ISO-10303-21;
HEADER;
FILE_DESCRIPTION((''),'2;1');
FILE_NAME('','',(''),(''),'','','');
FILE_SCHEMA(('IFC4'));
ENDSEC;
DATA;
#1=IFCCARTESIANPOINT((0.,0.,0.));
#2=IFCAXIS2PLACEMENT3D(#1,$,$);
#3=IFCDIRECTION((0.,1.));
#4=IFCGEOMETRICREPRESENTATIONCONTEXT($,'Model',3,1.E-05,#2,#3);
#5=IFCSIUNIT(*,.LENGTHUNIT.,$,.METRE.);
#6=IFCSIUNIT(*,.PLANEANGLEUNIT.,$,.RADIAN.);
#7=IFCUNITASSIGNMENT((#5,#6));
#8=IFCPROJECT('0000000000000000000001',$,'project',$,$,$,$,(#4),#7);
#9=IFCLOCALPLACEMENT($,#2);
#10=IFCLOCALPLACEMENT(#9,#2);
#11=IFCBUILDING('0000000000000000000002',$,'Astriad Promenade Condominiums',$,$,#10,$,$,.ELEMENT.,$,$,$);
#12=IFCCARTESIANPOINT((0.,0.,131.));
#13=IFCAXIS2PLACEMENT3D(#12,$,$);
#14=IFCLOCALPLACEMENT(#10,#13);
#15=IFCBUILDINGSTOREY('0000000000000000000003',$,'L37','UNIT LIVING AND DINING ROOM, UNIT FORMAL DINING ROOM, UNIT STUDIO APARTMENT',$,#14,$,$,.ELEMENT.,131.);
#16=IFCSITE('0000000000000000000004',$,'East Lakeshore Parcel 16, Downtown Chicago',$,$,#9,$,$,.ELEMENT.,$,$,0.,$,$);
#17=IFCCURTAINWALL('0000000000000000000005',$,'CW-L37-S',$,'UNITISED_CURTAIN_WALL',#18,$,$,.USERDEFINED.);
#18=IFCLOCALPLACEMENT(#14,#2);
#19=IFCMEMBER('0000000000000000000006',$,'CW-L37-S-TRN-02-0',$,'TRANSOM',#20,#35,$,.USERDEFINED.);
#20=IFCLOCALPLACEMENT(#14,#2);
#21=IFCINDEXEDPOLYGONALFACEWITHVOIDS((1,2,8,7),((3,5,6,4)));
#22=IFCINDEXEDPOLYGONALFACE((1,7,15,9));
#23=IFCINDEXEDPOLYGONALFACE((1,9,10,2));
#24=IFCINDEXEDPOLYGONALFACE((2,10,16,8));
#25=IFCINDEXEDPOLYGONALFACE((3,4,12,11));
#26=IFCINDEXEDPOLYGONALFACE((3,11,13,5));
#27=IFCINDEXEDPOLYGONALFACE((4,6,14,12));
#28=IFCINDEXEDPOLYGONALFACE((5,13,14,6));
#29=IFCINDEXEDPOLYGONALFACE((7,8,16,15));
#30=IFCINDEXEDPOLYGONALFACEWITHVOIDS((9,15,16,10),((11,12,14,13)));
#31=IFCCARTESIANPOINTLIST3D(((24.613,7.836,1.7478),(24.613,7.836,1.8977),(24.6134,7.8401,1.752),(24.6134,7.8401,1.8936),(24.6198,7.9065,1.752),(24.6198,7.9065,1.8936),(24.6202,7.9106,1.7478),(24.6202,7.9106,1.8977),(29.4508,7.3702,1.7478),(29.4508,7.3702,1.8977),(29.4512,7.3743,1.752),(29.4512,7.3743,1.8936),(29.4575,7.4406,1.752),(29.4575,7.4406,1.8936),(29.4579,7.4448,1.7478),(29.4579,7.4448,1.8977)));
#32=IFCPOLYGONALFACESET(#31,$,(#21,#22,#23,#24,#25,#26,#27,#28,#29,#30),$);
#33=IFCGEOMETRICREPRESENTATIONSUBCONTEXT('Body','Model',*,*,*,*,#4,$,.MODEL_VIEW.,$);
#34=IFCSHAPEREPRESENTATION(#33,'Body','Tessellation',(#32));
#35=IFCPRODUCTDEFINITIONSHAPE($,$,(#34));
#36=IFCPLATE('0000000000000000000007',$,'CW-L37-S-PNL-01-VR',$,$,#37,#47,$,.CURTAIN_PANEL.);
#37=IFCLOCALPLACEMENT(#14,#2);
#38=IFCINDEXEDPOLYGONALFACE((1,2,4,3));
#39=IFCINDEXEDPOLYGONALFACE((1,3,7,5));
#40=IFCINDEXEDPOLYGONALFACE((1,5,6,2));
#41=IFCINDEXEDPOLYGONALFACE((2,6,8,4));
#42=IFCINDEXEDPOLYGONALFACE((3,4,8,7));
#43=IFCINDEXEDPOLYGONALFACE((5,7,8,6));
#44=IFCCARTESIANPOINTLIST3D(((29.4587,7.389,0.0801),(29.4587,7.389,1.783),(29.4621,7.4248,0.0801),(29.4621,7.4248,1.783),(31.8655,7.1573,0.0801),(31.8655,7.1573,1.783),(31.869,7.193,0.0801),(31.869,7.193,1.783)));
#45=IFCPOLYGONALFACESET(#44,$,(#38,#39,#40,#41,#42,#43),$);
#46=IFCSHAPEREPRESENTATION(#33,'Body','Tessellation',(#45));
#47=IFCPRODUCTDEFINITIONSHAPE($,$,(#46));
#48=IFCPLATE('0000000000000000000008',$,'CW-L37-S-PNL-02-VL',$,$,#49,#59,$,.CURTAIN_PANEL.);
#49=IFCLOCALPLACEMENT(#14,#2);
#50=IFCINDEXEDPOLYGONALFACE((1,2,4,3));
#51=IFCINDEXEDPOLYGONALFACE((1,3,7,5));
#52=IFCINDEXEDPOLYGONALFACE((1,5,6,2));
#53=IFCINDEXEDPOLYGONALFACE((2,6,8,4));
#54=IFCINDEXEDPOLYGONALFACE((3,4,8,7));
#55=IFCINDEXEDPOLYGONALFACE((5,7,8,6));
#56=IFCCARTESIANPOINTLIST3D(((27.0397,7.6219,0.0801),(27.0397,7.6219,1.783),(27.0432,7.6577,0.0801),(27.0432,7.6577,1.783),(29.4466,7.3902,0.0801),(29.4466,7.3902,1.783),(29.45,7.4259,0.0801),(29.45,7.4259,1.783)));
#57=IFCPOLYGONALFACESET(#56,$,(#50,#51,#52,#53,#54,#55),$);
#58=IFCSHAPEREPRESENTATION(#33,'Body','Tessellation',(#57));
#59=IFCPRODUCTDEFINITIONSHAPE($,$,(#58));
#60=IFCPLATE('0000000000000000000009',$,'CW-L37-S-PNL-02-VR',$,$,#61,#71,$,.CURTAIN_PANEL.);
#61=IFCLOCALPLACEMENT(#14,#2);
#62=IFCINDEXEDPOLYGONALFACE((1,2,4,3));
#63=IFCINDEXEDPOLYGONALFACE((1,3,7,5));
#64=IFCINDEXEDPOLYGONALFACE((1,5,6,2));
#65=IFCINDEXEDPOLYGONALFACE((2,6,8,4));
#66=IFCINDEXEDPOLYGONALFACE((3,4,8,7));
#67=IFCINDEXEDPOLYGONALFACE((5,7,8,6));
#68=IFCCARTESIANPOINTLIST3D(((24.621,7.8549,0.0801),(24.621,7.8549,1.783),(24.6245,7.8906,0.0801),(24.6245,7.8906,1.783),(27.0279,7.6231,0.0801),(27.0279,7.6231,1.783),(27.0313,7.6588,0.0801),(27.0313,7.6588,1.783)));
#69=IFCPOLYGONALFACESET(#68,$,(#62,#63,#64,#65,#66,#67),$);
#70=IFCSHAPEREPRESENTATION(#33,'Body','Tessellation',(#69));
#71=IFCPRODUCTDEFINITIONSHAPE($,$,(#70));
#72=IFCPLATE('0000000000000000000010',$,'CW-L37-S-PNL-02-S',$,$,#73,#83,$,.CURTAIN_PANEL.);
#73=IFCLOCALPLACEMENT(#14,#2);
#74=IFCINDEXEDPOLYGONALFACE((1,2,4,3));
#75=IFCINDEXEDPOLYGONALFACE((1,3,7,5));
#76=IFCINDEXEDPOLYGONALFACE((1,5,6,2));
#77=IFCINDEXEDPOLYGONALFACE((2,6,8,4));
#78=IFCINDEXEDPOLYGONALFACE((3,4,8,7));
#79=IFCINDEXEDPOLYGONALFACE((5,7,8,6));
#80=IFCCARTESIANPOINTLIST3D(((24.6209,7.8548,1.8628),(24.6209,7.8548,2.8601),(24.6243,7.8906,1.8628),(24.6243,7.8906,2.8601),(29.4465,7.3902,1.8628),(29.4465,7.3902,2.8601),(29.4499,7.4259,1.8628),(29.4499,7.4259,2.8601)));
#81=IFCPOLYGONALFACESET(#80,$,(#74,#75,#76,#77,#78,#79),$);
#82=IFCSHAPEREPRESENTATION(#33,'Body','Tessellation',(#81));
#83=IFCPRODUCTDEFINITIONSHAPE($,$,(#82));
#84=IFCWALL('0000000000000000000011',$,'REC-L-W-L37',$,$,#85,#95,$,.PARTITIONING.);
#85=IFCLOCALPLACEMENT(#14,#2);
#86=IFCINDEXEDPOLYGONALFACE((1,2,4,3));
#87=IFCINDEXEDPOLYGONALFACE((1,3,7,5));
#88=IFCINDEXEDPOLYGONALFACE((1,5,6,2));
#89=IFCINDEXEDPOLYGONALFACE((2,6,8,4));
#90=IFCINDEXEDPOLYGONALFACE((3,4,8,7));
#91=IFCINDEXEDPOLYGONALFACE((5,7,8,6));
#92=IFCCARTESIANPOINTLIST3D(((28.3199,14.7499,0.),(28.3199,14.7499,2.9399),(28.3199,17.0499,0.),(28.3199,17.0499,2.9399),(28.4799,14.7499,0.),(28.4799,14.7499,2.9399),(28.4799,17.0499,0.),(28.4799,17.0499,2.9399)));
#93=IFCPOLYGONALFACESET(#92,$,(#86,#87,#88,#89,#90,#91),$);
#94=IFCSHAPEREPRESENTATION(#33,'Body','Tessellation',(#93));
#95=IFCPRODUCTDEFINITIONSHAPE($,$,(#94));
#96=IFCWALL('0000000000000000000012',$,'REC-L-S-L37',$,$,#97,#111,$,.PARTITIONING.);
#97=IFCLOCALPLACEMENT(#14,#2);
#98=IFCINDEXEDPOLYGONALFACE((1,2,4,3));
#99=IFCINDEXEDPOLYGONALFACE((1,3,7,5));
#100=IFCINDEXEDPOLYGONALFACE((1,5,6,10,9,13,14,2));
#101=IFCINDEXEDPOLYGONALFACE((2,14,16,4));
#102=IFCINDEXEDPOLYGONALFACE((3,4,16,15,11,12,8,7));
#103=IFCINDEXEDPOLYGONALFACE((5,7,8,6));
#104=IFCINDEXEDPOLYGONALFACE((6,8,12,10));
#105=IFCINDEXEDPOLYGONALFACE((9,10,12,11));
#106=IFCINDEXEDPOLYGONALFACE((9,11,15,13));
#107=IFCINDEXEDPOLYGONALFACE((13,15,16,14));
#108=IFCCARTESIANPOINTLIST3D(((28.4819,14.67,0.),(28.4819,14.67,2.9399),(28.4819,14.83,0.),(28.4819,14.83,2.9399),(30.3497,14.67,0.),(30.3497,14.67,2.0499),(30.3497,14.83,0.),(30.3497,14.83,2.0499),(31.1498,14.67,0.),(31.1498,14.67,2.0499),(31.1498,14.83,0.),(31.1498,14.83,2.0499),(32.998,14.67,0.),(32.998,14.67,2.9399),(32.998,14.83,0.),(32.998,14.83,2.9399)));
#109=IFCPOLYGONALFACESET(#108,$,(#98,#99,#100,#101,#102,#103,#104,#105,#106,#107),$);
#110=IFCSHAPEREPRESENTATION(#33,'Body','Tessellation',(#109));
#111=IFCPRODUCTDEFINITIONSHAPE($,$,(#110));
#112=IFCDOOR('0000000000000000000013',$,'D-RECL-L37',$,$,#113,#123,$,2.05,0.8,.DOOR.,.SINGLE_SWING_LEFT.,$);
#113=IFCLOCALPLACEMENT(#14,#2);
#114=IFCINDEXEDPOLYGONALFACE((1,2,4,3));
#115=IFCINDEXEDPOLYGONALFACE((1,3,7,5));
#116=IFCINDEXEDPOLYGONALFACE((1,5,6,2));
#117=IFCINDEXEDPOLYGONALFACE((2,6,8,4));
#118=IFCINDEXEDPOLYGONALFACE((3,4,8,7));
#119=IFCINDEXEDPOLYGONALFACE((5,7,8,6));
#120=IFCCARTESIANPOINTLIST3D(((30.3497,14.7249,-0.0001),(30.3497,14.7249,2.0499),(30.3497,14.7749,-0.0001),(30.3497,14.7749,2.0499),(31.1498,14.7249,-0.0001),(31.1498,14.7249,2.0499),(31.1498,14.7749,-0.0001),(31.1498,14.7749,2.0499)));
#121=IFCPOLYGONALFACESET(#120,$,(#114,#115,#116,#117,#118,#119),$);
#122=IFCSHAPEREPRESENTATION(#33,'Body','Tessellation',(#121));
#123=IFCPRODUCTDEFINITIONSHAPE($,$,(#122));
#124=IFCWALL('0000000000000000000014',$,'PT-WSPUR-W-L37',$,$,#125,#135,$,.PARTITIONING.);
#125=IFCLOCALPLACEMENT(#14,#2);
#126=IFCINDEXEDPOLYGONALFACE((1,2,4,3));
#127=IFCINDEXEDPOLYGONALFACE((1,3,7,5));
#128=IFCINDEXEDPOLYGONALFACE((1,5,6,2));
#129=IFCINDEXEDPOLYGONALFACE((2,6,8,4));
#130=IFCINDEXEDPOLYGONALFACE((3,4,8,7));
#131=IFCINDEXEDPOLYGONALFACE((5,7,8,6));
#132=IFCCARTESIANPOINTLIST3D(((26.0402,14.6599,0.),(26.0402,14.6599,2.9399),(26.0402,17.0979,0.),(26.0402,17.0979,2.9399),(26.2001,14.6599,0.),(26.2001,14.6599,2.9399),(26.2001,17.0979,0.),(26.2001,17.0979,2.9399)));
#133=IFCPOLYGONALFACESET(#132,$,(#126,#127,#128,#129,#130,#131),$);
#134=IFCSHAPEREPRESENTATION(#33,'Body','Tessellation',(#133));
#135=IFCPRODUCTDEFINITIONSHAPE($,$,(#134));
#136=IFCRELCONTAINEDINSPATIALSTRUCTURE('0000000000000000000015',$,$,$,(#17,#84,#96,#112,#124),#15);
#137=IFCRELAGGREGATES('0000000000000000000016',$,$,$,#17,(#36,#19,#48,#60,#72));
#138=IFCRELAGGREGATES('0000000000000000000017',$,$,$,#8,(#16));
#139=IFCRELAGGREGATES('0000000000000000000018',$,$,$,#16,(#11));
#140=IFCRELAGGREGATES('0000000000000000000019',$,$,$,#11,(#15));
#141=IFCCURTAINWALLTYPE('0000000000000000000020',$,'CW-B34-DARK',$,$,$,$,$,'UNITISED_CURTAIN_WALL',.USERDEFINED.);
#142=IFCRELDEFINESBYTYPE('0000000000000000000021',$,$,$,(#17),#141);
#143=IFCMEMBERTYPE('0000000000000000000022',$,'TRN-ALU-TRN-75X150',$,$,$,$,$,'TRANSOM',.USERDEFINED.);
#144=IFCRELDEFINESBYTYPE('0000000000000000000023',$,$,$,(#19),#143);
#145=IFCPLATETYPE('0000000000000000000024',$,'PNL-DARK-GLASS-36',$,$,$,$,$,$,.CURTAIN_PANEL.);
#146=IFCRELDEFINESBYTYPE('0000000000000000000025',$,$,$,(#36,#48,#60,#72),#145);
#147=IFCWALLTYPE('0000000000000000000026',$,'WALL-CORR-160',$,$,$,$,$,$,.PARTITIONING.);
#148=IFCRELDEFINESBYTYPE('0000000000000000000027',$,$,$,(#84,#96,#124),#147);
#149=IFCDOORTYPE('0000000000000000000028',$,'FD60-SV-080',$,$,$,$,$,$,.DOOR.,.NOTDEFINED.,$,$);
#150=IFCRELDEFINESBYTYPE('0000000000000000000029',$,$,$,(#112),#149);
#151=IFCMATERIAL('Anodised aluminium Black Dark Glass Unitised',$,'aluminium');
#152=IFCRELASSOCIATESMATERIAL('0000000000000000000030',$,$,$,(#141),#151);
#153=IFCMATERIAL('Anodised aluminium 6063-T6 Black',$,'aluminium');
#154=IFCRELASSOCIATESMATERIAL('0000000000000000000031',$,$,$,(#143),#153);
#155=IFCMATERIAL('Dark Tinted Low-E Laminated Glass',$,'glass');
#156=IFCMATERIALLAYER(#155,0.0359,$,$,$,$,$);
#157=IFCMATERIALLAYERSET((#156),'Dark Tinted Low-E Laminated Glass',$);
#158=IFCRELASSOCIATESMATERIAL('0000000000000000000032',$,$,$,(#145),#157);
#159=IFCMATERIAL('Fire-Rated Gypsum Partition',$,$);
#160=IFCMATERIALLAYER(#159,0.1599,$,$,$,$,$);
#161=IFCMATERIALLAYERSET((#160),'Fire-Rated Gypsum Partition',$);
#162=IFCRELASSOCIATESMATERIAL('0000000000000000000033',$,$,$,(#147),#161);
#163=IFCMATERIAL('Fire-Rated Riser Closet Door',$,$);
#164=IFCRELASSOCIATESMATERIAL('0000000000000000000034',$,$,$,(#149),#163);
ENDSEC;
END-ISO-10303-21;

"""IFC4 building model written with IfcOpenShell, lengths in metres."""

from ifc_helpers import new_model, si_unit, direction, frame, frame_2d, origin, origin_2d, place, context, subcontext, project, spatial, rectangle, hollow_rectangle, extrude, source, transform, mapped, material, layer, layer_set, material_profile, profile_set, type_object, type_shapes, element, fill, aggregate, save


model = new_model("IFC4")

# Units and contexts
model_context = context("Model", 3, precision=1e-05, world=origin(), true_north=direction((0.0, 1.0)))
body_context = subcontext(model_context, "Body", "Model", "MODEL_VIEW")
ifc_project = project(units=[si_unit("LENGTHUNIT", "METRE"), si_unit("PLANEANGLEUNIT", "RADIAN")], contexts=[model_context])

# Site, building, storey
site_placement = place(None, origin())
site = spatial("IfcSite", under=ifc_project, at=site_placement, Name="East Lakeshore Parcel 16, Downtown Chicago", CompositionType="ELEMENT", RefElevation=0.0)
building_placement = place(site_placement, origin())
building = spatial("IfcBuilding", under=site, at=building_placement, Name="Astriad Promenade Condominiums", CompositionType="ELEMENT")
storey_placement = place(building_placement, frame((0.0, 0.0, 131.0)))
storey = spatial("IfcBuildingStorey", under=building, at=storey_placement, Name="L37", Description="UNIT LIVING AND DINING ROOM, UNIT FORMAL DINING ROOM, UNIT STUDIO APARTMENT", CompositionType="ELEMENT", Elevation=131.0)

# Curtain wall, member, plates
ifc_material_1 = material(Name="Anodised aluminium Black Dark Glass Unitised", Category="aluminium")
curtain_wall_type = type_object("IfcCurtainWallType", Name="CW-B34-DARK", ElementType="UNITISED_CURTAIN_WALL", PredefinedType="USERDEFINED", material=ifc_material_1)
curtain_wall_placement = place(storey_placement, origin())
curtain_wall = element("IfcCurtainWall", 1, at=curtain_wall_placement, inside=storey, type_object=curtain_wall_type, Name="CW-L37-S", ObjectType="UNITISED_CURTAIN_WALL", PredefinedType="USERDEFINED")
ifc_material_2 = material(Name="Anodised aluminium 6063-T6 Black", Category="aluminium")
ifc_material_profile_1 = material_profile(ifc_material_2, hollow_rectangle(XDim=0.075, YDim=0.1499, WallThickness=0.0042, at=origin_2d()), Name="ALU-TRN-75X150")
ifc_profile_set_1 = profile_set([ifc_material_profile_1], Name="Anodised aluminium 6063-T6 Black")
member_type_1 = type_object("IfcMemberType", Name="TRN-ALU-TRN-75X150", ElementType="TRANSOM", PredefinedType="USERDEFINED", material=ifc_profile_set_1)
shared_shape_1 = source(origin(), body_context, "Body", "SweptSolid", [
    extrude(hollow_rectangle(XDim=0.075, YDim=0.1499, WallThickness=0.0042, at=origin_2d()), origin(), (0.0, 0.0, 1.0), 4.8601),
])
type_shapes(member_type_1, [shared_shape_1])
member_1_placement = place(storey_placement, frame((29.4543, 7.4075, 1.8228), z_axis=(-0.995396, 0.095847, 0.0), x_axis=(-0.095847, -0.995396, 0.0)))
member_1 = element("IfcMember", 2, at=member_1_placement, type_object=member_type_1, Name="CW-L37-S-TRN-02-0", ObjectType="TRANSOM", PredefinedType="USERDEFINED", context=body_context, shape_type="MappedRepresentation", body=[
    mapped(shared_shape_1, transform((0.0, 0.0, 0.0), scale=1.0)),
])
ifc_material_3 = material(Name="Dark Tinted Low-E Laminated Glass", Category="glass")
ifc_layer_1 = layer(ifc_material_3, 0.0359)
ifc_layer_set_1 = layer_set([ifc_layer_1], Name="Dark Tinted Low-E Laminated Glass")
plate_type = type_object("IfcPlateType", Name="PNL-DARK-GLASS-36", PredefinedType="CURTAIN_PANEL", material=ifc_layer_set_1)
shared_shape_2 = source(origin(), body_context, "Body", "SweptSolid", [
    extrude(rectangle(XDim=2.418, YDim=0.0359, at=origin_2d()), origin(), (0.0, 0.0, 1.0), 1.7029),
])
plate_1_placement = place(storey_placement, frame((30.6638, 7.291, 0.0801), z_axis=(0.0, 0.0, 1.0), x_axis=(-0.995396, 0.095846, 0.0)))
plate_1 = element("IfcPlate", 3, at=plate_1_placement, type_object=plate_type, Name="CW-L37-S-PNL-01-VR", PredefinedType="CURTAIN_PANEL", context=body_context, shape_type="MappedRepresentation", body=[
    mapped(shared_shape_2, transform((0.0, 0.0, 0.0), scale=1.0)),
])
plate_2_placement = place(storey_placement, frame((28.2449, 7.5239, 0.0801), z_axis=(0.0, 0.0, 1.0), x_axis=(-0.995396, 0.095846, 0.0)))
plate_2 = element("IfcPlate", 4, at=plate_2_placement, type_object=plate_type, Name="CW-L37-S-PNL-02-VL", PredefinedType="CURTAIN_PANEL", context=body_context, shape_type="MappedRepresentation", body=[
    mapped(shared_shape_2, transform((0.0, 0.0, 0.0), scale=1.0)),
])
plate_3_placement = place(storey_placement, frame((25.8262, 7.7568, 0.0801), z_axis=(0.0, 0.0, 1.0), x_axis=(-0.995396, 0.095846, 0.0)))
plate_3 = element("IfcPlate", 5, at=plate_3_placement, type_object=plate_type, Name="CW-L37-S-PNL-02-VR", PredefinedType="CURTAIN_PANEL", context=body_context, shape_type="MappedRepresentation", body=[
    mapped(shared_shape_2, transform((0.0, 0.0, 0.0), scale=1.0)),
])
shared_shape_3 = source(origin(), body_context, "Body", "SweptSolid", [
    extrude(rectangle(XDim=4.8479, YDim=0.0359, at=origin_2d()), origin(), (0.0, 0.0, 1.0), 0.9973),
])
type_shapes(plate_type, [shared_shape_2, shared_shape_3])
plate_4_placement = place(storey_placement, frame((27.0354, 7.6404, 1.8628), z_axis=(0.0, 0.0, 1.0), x_axis=(-0.995396, 0.095846, 0.0)))
plate_4 = element("IfcPlate", 6, at=plate_4_placement, type_object=plate_type, Name="CW-L37-S-PNL-02-S", PredefinedType="CURTAIN_PANEL", context=body_context, shape_type="MappedRepresentation", body=[
    mapped(shared_shape_3, transform((0.0, 0.0, 0.0), scale=1.0)),
])
aggregate(curtain_wall, [plate_1, member_1, plate_2, plate_3, plate_4])

# Wall
ifc_material_4 = material(Name="Fire-Rated Gypsum Partition")
ifc_layer_2 = layer(ifc_material_4, 0.1599)
ifc_layer_set_2 = layer_set([ifc_layer_2], Name="Fire-Rated Gypsum Partition")
wall_type_1 = type_object("IfcWallType", Name="WALL-CORR-160", PredefinedType="PARTITIONING", material=ifc_layer_set_2)
wall_1_placement = place(storey_placement, frame((28.3999, 14.75, 0.0), z_axis=(0.0, 0.0, 1.0), x_axis=(0.0, 1.0, 0.0)))
element("IfcWall", 7, at=wall_1_placement, inside=storey, type_object=wall_type_1, Name="REC-L-W-L37", PredefinedType="PARTITIONING", context=body_context, shape_type="SweptSolid", body=[
    extrude(rectangle(XDim=2.3, YDim=0.1599, at=frame_2d((1.1499, 0.0))), origin(), (0.0, 0.0, 1.0), 2.9399),
])

# Wall, opening, door
wall_2_placement = place(storey_placement, frame((28.4819, 14.75, 0.0), z_axis=(0.0, 0.0, 1.0), x_axis=(1.0, 0.0, 0.0)))
wall_2 = element("IfcWall", 8, at=wall_2_placement, inside=storey, type_object=wall_type_1, Name="REC-L-S-L37", PredefinedType="PARTITIONING", context=body_context, shape_type="SweptSolid", body=[
    extrude(rectangle(XDim=4.5161, YDim=0.1599, at=frame_2d((2.2581, 0.0))), origin(), (0.0, 0.0, 1.0), 2.9399),
])
opening_1_placement = place(wall_2_placement, frame((1.8679, 0.0, 0.0)))
opening_1 = element("IfcOpeningElement", 9, at=opening_1_placement, cuts=wall_2, PredefinedType="OPENING", context=body_context, shape_type="SweptSolid", body=[
    extrude(rectangle(XDim=0.8, YDim=2.05, at=frame_2d((0.3999, 1.0249))), frame((0.0, 0.0898, 0.0), z_axis=(0.0, -1.0, 0.0), x_axis=(1.0, 0.0, 0.0)), (0.0, 0.0, 1.0), 0.1799),
])
ifc_material_5 = material(Name="Fire-Rated Riser Closet Door")
door_type_1 = type_object("IfcDoorType", Name="FD60-SV-080", OperationType="NOTDEFINED", PredefinedType="DOOR", material=ifc_material_5)
shared_shape_4 = source(origin(), body_context, "Body", "SweptSolid", [
    extrude(rectangle(XDim=0.8, YDim=2.05, at=frame_2d((0.3999, 1.0249))), frame((0.0, 0.0249, 0.0), z_axis=(0.0, -1.0, 0.0), x_axis=(1.0, 0.0, 0.0)), (0.0, 0.0, 1.0), 0.05),
])
type_shapes(door_type_1, [shared_shape_4])
door_1_placement = place(opening_1_placement, origin())
door_1 = element("IfcDoor", 10, at=door_1_placement, inside=storey, type_object=door_type_1, Name="D-RECL-L37", OperationType="SINGLE_SWING_LEFT", OverallHeight=2.05, OverallWidth=0.8, PredefinedType="DOOR", context=body_context, shape_type="MappedRepresentation", body=[
    mapped(shared_shape_4, transform((0.0, 0.0, 0.0), scale=1.0)),
])
fill(opening_1, door_1)

# Wall
wall_3_placement = place(storey_placement, frame((26.1201, 14.6599, 0.0), z_axis=(0.0, 0.0, 1.0), x_axis=(0.0, 1.0, 0.0)))
element("IfcWall", 11, at=wall_3_placement, inside=storey, type_object=wall_type_1, Name="PT-WSPUR-W-L37", PredefinedType="PARTITIONING", context=body_context, shape_type="SweptSolid", body=[
    extrude(rectangle(XDim=2.438, YDim=0.1599, at=frame_2d((1.219, 0.0))), origin(), (0.0, 0.0, 1.0), 2.9399),
])

save(model, "model.ifc")
